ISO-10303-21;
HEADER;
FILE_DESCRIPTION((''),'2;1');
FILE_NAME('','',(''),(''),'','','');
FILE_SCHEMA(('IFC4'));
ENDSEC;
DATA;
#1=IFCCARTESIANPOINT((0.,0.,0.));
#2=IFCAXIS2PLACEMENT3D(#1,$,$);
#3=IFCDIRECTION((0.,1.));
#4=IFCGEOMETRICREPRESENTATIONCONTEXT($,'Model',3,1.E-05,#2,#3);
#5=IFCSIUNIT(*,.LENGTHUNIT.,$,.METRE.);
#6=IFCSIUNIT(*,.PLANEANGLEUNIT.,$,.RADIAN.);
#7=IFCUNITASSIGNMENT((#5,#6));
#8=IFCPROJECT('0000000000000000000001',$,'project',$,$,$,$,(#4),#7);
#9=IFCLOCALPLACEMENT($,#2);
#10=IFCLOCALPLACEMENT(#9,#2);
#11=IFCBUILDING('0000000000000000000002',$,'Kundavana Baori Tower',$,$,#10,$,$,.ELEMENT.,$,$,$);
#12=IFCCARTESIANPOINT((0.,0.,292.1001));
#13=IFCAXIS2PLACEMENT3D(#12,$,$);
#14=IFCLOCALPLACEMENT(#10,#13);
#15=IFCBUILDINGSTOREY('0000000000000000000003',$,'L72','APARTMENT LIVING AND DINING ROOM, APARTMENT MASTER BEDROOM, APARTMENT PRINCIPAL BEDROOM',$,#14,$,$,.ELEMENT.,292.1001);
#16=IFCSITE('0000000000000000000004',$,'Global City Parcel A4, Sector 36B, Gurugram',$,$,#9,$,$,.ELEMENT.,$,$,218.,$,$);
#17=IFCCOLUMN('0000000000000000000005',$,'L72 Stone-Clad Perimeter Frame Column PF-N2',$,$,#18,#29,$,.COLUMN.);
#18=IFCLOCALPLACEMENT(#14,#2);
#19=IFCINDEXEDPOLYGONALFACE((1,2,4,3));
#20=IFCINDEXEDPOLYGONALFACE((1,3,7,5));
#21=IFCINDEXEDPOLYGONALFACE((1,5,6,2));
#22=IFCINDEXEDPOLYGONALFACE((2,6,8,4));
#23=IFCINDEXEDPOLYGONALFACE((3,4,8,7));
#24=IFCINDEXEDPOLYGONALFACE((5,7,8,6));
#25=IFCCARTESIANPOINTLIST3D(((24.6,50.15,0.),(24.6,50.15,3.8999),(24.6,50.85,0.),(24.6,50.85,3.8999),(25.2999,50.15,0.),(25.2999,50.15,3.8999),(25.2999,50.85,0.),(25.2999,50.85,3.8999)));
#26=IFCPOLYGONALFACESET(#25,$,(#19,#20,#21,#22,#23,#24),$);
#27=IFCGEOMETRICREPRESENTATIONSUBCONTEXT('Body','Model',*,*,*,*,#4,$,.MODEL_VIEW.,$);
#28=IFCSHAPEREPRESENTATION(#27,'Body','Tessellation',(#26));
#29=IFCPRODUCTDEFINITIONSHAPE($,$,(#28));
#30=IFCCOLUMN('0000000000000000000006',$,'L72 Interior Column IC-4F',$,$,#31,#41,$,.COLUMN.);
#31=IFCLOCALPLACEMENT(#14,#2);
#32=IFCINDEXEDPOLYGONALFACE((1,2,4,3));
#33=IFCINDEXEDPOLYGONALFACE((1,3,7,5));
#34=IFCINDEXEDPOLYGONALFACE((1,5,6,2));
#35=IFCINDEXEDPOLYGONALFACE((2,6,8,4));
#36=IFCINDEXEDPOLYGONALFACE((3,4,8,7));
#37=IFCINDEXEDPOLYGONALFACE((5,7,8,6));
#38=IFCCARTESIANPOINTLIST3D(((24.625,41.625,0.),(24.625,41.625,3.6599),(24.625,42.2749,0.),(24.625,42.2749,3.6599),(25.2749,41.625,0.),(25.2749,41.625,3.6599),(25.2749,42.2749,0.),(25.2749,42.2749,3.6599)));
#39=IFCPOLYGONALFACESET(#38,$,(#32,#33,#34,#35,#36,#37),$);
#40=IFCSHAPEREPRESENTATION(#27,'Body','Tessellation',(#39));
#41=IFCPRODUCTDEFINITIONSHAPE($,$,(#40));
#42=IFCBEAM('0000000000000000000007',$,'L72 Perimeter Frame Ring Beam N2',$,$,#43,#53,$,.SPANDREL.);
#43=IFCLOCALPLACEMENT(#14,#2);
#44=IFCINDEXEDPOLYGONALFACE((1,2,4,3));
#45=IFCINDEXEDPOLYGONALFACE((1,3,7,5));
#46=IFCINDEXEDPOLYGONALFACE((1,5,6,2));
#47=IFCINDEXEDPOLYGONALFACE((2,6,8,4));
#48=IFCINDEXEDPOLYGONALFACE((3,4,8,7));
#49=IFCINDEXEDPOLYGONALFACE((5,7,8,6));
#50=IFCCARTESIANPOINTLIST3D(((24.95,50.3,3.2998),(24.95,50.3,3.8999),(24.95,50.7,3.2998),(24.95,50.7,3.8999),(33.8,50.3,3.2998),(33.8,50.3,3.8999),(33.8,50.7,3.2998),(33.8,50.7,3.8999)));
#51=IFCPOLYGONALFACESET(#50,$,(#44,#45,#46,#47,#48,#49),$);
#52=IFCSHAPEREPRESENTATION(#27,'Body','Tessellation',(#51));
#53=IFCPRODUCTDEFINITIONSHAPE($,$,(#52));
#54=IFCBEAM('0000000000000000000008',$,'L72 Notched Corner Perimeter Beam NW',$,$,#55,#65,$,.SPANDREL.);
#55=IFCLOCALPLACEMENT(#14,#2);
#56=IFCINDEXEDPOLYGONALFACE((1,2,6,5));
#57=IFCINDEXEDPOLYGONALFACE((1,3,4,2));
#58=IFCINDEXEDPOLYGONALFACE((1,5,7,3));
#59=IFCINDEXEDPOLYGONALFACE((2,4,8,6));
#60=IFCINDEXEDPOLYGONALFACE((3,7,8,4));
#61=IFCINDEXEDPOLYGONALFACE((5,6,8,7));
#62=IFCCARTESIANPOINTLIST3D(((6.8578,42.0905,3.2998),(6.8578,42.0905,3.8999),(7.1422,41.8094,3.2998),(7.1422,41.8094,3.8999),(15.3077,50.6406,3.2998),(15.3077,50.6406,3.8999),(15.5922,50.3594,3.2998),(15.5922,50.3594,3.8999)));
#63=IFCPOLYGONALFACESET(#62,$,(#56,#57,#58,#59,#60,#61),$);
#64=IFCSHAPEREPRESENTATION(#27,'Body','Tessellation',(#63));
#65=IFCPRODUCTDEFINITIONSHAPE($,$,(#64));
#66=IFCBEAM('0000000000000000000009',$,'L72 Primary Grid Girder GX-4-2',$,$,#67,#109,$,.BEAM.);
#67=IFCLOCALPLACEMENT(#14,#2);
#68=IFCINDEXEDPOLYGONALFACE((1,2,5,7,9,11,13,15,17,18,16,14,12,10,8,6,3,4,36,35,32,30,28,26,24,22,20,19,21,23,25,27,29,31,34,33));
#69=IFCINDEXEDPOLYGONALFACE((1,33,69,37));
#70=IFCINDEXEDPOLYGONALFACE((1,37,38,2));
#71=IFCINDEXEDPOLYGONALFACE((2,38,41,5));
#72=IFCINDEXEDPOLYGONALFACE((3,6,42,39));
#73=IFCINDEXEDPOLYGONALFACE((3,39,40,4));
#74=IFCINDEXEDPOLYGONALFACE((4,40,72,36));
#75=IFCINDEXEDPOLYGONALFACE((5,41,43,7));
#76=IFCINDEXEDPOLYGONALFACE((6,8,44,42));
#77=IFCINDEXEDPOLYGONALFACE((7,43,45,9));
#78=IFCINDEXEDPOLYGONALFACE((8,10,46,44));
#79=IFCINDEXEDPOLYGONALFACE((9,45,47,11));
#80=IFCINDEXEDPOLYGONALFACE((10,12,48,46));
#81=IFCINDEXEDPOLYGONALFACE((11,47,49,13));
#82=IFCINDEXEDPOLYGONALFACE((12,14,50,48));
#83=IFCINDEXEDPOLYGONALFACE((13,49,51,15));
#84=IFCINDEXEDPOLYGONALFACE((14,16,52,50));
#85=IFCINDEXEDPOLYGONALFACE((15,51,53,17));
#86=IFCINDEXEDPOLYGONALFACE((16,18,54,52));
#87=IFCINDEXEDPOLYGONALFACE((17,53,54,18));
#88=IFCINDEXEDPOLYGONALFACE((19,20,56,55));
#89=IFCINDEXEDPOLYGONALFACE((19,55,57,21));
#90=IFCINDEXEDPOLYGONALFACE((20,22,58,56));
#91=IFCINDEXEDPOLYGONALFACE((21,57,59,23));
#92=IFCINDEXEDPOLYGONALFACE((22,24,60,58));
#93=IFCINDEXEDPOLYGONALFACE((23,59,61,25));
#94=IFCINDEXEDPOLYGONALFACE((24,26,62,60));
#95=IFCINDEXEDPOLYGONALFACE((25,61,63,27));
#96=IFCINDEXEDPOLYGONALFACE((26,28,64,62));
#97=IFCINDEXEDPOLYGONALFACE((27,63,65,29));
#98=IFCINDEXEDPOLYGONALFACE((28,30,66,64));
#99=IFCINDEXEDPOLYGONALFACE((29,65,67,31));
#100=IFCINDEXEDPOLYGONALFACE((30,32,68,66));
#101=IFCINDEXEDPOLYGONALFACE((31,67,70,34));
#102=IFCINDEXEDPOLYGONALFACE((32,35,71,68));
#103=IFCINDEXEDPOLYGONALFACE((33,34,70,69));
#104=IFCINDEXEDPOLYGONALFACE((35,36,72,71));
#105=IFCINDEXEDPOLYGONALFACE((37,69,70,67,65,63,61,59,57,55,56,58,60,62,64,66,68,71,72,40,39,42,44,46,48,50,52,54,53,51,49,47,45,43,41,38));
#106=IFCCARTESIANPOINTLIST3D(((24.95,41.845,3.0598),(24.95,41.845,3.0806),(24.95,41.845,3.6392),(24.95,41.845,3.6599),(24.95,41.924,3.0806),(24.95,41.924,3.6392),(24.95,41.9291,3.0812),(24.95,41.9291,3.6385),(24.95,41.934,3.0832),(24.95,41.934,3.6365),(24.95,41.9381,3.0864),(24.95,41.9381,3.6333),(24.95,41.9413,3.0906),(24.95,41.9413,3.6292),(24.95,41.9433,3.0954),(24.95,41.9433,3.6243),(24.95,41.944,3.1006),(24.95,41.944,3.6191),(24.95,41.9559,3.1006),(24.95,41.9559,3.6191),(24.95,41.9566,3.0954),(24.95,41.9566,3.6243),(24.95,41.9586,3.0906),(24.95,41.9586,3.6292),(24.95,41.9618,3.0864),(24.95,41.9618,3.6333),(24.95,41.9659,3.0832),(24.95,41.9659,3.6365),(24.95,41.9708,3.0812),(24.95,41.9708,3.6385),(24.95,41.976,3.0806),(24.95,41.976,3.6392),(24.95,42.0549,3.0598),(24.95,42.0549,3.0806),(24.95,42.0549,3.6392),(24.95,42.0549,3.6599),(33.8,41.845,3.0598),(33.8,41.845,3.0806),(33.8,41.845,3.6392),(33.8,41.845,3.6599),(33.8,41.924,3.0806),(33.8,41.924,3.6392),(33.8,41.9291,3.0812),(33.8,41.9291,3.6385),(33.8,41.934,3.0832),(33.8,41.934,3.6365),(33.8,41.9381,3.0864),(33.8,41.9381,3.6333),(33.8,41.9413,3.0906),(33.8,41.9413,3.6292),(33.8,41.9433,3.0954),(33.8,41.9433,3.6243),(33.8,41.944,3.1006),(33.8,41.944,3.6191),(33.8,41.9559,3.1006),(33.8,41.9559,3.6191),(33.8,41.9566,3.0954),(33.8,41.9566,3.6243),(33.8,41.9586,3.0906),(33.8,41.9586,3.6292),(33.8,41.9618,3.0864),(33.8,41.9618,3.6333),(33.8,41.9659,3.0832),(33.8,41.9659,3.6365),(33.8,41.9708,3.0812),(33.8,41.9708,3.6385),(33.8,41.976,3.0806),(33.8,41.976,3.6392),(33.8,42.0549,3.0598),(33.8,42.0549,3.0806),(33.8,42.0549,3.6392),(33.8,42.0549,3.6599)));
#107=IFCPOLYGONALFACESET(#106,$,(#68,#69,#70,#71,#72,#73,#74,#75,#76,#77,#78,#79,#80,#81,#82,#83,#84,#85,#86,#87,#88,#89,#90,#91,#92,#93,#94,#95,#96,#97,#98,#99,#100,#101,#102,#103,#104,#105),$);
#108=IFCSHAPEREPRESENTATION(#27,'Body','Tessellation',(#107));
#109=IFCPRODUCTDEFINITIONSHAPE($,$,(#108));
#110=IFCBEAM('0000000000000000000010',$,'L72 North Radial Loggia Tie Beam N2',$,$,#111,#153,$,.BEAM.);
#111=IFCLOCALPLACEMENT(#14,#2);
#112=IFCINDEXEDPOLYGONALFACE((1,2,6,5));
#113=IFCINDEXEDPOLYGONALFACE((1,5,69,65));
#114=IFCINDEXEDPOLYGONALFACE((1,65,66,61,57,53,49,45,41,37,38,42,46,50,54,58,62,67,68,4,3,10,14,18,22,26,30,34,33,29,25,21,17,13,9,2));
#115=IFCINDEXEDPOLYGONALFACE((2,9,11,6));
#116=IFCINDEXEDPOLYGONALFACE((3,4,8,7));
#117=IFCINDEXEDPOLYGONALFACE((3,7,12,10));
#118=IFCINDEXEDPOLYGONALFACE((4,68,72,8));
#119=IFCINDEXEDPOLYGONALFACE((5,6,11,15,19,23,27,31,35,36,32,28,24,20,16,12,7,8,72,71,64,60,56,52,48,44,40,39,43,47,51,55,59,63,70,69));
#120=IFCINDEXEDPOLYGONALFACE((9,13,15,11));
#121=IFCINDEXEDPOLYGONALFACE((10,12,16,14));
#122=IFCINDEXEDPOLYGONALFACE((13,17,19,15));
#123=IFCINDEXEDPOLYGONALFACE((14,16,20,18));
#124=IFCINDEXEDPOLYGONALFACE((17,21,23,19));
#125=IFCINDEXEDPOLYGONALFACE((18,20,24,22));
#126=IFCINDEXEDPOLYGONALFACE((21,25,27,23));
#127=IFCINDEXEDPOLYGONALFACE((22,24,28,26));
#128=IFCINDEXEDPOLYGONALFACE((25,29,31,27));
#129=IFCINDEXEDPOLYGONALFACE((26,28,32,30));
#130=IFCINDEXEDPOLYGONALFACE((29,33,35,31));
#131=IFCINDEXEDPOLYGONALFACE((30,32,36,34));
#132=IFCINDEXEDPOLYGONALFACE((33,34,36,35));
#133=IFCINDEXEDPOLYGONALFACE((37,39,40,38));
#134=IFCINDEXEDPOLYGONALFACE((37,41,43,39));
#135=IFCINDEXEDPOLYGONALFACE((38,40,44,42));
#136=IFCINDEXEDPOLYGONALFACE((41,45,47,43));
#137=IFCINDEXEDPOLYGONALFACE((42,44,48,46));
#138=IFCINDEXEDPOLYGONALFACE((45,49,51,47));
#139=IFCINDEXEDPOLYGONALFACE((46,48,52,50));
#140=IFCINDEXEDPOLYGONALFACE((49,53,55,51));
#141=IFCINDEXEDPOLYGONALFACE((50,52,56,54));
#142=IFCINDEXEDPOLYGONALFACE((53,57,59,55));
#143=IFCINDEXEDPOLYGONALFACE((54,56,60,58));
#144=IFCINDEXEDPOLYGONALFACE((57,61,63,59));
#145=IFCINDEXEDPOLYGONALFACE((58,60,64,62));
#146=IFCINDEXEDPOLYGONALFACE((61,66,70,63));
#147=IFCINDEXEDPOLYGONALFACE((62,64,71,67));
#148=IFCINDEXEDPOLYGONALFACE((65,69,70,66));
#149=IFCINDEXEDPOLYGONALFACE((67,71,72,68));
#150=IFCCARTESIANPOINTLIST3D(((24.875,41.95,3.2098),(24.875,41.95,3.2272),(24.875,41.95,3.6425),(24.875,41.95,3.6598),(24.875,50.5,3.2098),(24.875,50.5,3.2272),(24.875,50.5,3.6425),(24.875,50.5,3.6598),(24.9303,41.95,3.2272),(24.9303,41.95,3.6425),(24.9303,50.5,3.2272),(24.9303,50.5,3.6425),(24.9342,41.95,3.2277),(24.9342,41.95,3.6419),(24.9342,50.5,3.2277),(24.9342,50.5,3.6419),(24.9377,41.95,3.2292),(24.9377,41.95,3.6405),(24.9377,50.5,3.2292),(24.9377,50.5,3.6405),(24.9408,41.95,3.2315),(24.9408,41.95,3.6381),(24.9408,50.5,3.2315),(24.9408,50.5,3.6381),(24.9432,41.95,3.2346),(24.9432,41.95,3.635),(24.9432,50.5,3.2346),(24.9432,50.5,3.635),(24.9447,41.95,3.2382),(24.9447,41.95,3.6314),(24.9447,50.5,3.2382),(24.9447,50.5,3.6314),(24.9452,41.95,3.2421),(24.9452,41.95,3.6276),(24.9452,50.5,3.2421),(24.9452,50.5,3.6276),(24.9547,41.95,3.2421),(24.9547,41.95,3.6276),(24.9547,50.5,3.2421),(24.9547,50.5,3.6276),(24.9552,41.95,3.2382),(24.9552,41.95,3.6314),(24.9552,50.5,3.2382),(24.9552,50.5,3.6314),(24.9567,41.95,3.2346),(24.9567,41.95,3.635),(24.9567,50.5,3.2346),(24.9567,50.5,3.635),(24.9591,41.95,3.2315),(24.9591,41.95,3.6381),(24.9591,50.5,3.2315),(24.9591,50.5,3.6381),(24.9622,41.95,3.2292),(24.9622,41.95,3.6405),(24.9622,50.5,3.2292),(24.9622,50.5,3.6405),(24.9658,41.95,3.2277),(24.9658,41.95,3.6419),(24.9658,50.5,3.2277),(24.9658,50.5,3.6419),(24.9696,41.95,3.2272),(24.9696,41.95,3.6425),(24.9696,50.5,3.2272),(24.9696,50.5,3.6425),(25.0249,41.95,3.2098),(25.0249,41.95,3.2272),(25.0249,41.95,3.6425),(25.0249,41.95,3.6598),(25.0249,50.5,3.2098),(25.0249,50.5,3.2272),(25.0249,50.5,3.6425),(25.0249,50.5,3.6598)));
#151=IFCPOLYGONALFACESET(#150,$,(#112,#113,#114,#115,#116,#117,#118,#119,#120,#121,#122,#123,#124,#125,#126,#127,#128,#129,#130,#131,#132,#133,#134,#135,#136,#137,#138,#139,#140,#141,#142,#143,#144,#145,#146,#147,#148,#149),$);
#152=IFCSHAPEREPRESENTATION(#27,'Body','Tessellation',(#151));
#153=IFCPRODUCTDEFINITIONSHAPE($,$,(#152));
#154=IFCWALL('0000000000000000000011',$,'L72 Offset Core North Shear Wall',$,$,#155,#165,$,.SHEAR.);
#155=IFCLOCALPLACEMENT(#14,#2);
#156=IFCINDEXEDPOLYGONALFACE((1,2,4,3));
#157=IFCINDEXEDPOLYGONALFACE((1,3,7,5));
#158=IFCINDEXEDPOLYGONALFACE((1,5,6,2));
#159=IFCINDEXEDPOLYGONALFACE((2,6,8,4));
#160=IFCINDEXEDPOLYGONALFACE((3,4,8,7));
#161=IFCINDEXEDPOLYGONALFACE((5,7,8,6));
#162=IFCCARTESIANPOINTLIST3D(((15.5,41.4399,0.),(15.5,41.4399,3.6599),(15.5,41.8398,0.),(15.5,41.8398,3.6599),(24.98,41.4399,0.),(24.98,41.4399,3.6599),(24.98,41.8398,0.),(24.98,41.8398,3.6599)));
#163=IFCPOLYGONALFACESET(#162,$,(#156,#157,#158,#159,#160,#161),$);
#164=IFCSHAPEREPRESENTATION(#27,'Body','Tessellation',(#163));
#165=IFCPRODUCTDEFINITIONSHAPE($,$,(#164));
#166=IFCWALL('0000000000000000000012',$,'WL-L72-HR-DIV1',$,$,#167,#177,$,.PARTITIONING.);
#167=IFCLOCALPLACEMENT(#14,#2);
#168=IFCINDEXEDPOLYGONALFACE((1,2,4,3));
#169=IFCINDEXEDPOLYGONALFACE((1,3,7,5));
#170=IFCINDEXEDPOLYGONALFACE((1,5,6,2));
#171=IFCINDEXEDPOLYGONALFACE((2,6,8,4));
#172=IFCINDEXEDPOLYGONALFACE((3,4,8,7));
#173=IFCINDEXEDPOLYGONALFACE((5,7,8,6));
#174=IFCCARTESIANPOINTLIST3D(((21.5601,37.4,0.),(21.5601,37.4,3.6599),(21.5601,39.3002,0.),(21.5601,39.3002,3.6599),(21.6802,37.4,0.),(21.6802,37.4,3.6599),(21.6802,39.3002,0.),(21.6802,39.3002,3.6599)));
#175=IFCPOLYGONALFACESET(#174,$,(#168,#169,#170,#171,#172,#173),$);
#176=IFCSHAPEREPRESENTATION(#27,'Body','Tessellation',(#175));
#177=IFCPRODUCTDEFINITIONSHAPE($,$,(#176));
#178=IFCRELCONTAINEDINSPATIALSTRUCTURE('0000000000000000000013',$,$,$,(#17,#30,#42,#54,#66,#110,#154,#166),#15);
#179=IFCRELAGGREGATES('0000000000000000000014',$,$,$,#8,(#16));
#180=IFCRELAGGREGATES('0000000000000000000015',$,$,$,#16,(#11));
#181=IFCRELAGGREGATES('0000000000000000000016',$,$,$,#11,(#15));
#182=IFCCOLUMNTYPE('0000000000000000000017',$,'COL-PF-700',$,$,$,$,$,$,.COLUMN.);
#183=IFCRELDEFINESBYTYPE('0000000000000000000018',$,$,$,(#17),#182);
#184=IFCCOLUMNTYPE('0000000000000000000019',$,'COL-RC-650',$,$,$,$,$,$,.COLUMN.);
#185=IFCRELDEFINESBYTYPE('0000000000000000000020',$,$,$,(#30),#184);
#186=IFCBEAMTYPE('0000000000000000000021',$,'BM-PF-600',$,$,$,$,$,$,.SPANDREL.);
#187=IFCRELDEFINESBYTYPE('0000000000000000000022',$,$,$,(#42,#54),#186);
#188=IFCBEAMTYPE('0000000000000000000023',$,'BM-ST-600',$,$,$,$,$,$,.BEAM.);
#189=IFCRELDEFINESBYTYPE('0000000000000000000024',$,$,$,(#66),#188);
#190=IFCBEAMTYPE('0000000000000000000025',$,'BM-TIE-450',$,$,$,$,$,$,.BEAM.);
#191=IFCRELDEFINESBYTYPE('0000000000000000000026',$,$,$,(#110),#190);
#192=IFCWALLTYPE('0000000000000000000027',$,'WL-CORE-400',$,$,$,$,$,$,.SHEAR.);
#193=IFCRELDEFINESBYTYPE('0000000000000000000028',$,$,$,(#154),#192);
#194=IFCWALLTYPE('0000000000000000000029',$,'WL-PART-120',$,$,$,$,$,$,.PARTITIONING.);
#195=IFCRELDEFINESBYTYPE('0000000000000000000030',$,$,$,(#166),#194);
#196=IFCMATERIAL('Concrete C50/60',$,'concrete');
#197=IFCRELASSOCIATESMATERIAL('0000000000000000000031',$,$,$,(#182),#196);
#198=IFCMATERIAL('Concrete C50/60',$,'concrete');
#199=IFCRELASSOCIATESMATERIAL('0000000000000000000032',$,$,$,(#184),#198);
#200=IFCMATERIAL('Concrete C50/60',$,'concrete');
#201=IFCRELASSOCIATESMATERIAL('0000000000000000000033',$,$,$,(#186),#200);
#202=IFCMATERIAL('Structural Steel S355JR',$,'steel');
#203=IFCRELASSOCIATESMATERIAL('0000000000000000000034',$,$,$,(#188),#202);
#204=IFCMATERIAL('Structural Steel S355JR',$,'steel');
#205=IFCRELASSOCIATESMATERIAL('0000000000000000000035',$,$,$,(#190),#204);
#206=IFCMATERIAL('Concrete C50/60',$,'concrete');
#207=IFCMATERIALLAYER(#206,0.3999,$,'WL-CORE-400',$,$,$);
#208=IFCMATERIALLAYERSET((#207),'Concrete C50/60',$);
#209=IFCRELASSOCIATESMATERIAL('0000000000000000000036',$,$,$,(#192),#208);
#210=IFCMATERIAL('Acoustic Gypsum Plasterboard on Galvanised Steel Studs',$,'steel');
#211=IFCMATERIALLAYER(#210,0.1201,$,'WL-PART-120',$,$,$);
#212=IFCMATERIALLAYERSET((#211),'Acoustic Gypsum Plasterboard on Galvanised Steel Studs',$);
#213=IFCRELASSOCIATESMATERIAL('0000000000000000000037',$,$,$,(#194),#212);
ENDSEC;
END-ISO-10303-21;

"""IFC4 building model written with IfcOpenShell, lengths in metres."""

from ifc_helpers import new_model, si_unit, direction, frame, frame_2d, origin, origin_2d, place, context, subcontext, project, spatial, rectangle, i_section, extrude, material, layer, layer_set, material_profile, profile_set, type_object, element, save


model = new_model("IFC4")

# Units and contexts
model_context = context("Model", 3, precision=1e-05, world=origin(), true_north=direction((0.0, 1.0)))
body_context = subcontext(model_context, "Body", "Model", "MODEL_VIEW")
ifc_project = project(units=[si_unit("LENGTHUNIT", "METRE"), si_unit("PLANEANGLEUNIT", "RADIAN")], contexts=[model_context])

# Site, building, storey
site_placement = place(None, origin())
site = spatial("IfcSite", under=ifc_project, at=site_placement, Name="Global City Parcel A4, Sector 36B, Gurugram", CompositionType="ELEMENT", RefElevation=218.0)
building_placement = place(site_placement, origin())
building = spatial("IfcBuilding", under=site, at=building_placement, Name="Kundavana Baori Tower", CompositionType="ELEMENT")
storey_placement = place(building_placement, frame((0.0, 0.0, 292.1001)))
storey = spatial("IfcBuildingStorey", under=building, at=storey_placement, Name="L72", Description="APARTMENT LIVING AND DINING ROOM, APARTMENT MASTER BEDROOM, APARTMENT PRINCIPAL BEDROOM", CompositionType="ELEMENT", Elevation=292.1001)

# Columns
ifc_material_1 = material(Name="Concrete C50/60", Category="concrete")
ifc_material_profile_1 = material_profile(ifc_material_1, rectangle(XDim=0.7, YDim=0.7, at=origin_2d()), Name="RC PF 700x700")
ifc_profile_set_1 = profile_set([ifc_material_profile_1], Name="Concrete C50/60")
column_type_1 = type_object("IfcColumnType", Name="COL-PF-700", PredefinedType="COLUMN", material=ifc_profile_set_1)
column_1_placement = place(storey_placement, frame((24.95, 50.5, 0.0), z_axis=(0.0, 0.0, 1.0), x_axis=(1.0, 0.0, 0.0)))
element("IfcColumn", 1, at=column_1_placement, inside=storey, type_object=column_type_1, Name="L72 Stone-Clad Perimeter Frame Column PF-N2", PredefinedType="COLUMN", context=body_context, shape_type="SweptSolid", body=[
    extrude(rectangle(XDim=0.7, YDim=0.7, at=origin_2d()), origin(), (0.0, 0.0, 1.0), 3.8999),
])
ifc_material_2 = material(Name="Concrete C50/60", Category="concrete")
ifc_material_profile_2 = material_profile(ifc_material_2, rectangle(XDim=0.6499, YDim=0.6499, at=origin_2d()), Name="RC 650x650")
ifc_profile_set_2 = profile_set([ifc_material_profile_2], Name="Concrete C50/60")
column_type_2 = type_object("IfcColumnType", Name="COL-RC-650", PredefinedType="COLUMN", material=ifc_profile_set_2)
column_2_placement = place(storey_placement, frame((24.95, 41.95, 0.0), z_axis=(0.0, 0.0, 1.0), x_axis=(1.0, 0.0, 0.0)))
element("IfcColumn", 2, at=column_2_placement, inside=storey, type_object=column_type_2, Name="L72 Interior Column IC-4F", PredefinedType="COLUMN", context=body_context, shape_type="SweptSolid", body=[
    extrude(rectangle(XDim=0.6499, YDim=0.6499, at=origin_2d()), origin(), (0.0, 0.0, 1.0), 3.6599),
])

# Beams
ifc_material_3 = material(Name="Concrete C50/60", Category="concrete")
ifc_material_profile_3 = material_profile(ifc_material_3, rectangle(XDim=0.3999, YDim=0.6001, at=origin_2d()), Name="RC BM 400x600")
ifc_profile_set_3 = profile_set([ifc_material_profile_3], Name="Concrete C50/60")
beam_type_1 = type_object("IfcBeamType", Name="BM-PF-600", PredefinedType="SPANDREL", material=ifc_profile_set_3)
beam_1_placement = place(storey_placement, frame((24.95, 50.5, 3.5999), z_axis=(1.0, 0.0, 0.0), x_axis=(0.0, 1.0, 0.0)))
element("IfcBeam", 3, at=beam_1_placement, inside=storey, type_object=beam_type_1, Name="L72 Perimeter Frame Ring Beam N2", PredefinedType="SPANDREL", context=body_context, shape_type="SweptSolid", body=[
    extrude(rectangle(XDim=0.3999, YDim=0.6001, at=origin_2d()), origin(), (0.0, 0.0, 1.0), 8.8501),
])
beam_2_placement = place(storey_placement, frame((15.45, 50.5, 3.5999), z_axis=(-0.702931, -0.711258, 0.0), x_axis=(0.711258, -0.702931, 0.0)))
element("IfcBeam", 4, at=beam_2_placement, inside=storey, type_object=beam_type_1, Name="L72 Notched Corner Perimeter Beam NW", PredefinedType="SPANDREL", context=body_context, shape_type="SweptSolid", body=[
    extrude(rectangle(XDim=0.3999, YDim=0.6001, at=origin_2d()), origin(), (0.0, 0.0, 1.0), 12.021),
])
ifc_material_4 = material(Name="Structural Steel S355JR", Category="steel")
ifc_material_profile_4 = material_profile(ifc_material_4, i_section(OverallWidth=0.21, OverallDepth=0.6001, WebThickness=0.012, FlangeThickness=0.0208, FilletRadius=0.02, at=origin_2d()), Name="ISMB 600")
ifc_profile_set_4 = profile_set([ifc_material_profile_4], Name="Structural Steel S355JR")
beam_type_2 = type_object("IfcBeamType", Name="BM-ST-600", PredefinedType="BEAM", material=ifc_profile_set_4)
beam_3_placement = place(storey_placement, frame((24.95, 41.95, 3.3599), z_axis=(1.0, 0.0, 0.0), x_axis=(0.0, 1.0, 0.0)))
element("IfcBeam", 5, at=beam_3_placement, inside=storey, type_object=beam_type_2, Name="L72 Primary Grid Girder GX-4-2", PredefinedType="BEAM", context=body_context, shape_type="SweptSolid", body=[
    extrude(i_section(OverallWidth=0.21, OverallDepth=0.6001, WebThickness=0.012, FlangeThickness=0.0208, FilletRadius=0.02, at=origin_2d()), origin(), (0.0, 0.0, 1.0), 8.8501),
])
ifc_material_5 = material(Name="Structural Steel S355JR", Category="steel")
ifc_material_profile_5 = material_profile(ifc_material_5, i_section(OverallWidth=0.1499, OverallDepth=0.45, WebThickness=0.0095, FlangeThickness=0.0173, FilletRadius=0.0149, at=origin_2d()), Name="ISMB 450")
ifc_profile_set_5 = profile_set([ifc_material_profile_5], Name="Structural Steel S355JR")
beam_type_3 = type_object("IfcBeamType", Name="BM-TIE-450", PredefinedType="BEAM", material=ifc_profile_set_5)
beam_4_placement = place(storey_placement, frame((24.95, 41.95, 3.4348), z_axis=(0.0, 1.0, 0.0), x_axis=(-1.0, 0.0, 0.0)))
element("IfcBeam", 6, at=beam_4_placement, inside=storey, type_object=beam_type_3, Name="L72 North Radial Loggia Tie Beam N2", PredefinedType="BEAM", context=body_context, shape_type="SweptSolid", body=[
    extrude(i_section(OverallWidth=0.1499, OverallDepth=0.45, WebThickness=0.0095, FlangeThickness=0.0173, FilletRadius=0.0149, at=origin_2d()), origin(), (0.0, 0.0, 1.0), 8.55),
])

# Walls
ifc_material_6 = material(Name="Concrete C50/60", Category="concrete")
ifc_layer_1 = layer(ifc_material_6, 0.3999, Name="WL-CORE-400")
ifc_layer_set_1 = layer_set([ifc_layer_1], Name="Concrete C50/60")
wall_type_1 = type_object("IfcWallType", Name="WL-CORE-400", PredefinedType="SHEAR", material=ifc_layer_set_1)
wall_1_placement = place(storey_placement, frame((15.5, 41.6399, 0.0), z_axis=(0.0, 0.0, 1.0), x_axis=(1.0, 0.0, 0.0)))
element("IfcWall", 7, at=wall_1_placement, inside=storey, type_object=wall_type_1, Name="L72 Offset Core North Shear Wall", PredefinedType="SHEAR", context=body_context, shape_type="SweptSolid", body=[
    extrude(rectangle(XDim=9.48, YDim=0.3999, at=frame_2d((4.74, 0.0))), origin(), (0.0, 0.0, 1.0), 3.6599),
])
ifc_material_7 = material(Name="Acoustic Gypsum Plasterboard on Galvanised Steel Studs", Category="steel")
ifc_layer_2 = layer(ifc_material_7, 0.1201, Name="WL-PART-120")
ifc_layer_set_2 = layer_set([ifc_layer_2], Name="Acoustic Gypsum Plasterboard on Galvanised Steel Studs")
wall_type_2 = type_object("IfcWallType", Name="WL-PART-120", PredefinedType="PARTITIONING", material=ifc_layer_set_2)
wall_2_placement = place(storey_placement, frame((21.6201, 37.3999, 0.0), z_axis=(0.0, 0.0, 1.0), x_axis=(0.0, 1.0, 0.0)))
element("IfcWall", 8, at=wall_2_placement, inside=storey, type_object=wall_type_2, Name="WL-L72-HR-DIV1", PredefinedType="PARTITIONING", context=body_context, shape_type="SweptSolid", body=[
    extrude(rectangle(XDim=1.9001, YDim=0.1201, at=frame_2d((0.9502, 0.0))), origin(), (0.0, 0.0, 1.0), 3.6599),
])

save(model, "model.ifc")
